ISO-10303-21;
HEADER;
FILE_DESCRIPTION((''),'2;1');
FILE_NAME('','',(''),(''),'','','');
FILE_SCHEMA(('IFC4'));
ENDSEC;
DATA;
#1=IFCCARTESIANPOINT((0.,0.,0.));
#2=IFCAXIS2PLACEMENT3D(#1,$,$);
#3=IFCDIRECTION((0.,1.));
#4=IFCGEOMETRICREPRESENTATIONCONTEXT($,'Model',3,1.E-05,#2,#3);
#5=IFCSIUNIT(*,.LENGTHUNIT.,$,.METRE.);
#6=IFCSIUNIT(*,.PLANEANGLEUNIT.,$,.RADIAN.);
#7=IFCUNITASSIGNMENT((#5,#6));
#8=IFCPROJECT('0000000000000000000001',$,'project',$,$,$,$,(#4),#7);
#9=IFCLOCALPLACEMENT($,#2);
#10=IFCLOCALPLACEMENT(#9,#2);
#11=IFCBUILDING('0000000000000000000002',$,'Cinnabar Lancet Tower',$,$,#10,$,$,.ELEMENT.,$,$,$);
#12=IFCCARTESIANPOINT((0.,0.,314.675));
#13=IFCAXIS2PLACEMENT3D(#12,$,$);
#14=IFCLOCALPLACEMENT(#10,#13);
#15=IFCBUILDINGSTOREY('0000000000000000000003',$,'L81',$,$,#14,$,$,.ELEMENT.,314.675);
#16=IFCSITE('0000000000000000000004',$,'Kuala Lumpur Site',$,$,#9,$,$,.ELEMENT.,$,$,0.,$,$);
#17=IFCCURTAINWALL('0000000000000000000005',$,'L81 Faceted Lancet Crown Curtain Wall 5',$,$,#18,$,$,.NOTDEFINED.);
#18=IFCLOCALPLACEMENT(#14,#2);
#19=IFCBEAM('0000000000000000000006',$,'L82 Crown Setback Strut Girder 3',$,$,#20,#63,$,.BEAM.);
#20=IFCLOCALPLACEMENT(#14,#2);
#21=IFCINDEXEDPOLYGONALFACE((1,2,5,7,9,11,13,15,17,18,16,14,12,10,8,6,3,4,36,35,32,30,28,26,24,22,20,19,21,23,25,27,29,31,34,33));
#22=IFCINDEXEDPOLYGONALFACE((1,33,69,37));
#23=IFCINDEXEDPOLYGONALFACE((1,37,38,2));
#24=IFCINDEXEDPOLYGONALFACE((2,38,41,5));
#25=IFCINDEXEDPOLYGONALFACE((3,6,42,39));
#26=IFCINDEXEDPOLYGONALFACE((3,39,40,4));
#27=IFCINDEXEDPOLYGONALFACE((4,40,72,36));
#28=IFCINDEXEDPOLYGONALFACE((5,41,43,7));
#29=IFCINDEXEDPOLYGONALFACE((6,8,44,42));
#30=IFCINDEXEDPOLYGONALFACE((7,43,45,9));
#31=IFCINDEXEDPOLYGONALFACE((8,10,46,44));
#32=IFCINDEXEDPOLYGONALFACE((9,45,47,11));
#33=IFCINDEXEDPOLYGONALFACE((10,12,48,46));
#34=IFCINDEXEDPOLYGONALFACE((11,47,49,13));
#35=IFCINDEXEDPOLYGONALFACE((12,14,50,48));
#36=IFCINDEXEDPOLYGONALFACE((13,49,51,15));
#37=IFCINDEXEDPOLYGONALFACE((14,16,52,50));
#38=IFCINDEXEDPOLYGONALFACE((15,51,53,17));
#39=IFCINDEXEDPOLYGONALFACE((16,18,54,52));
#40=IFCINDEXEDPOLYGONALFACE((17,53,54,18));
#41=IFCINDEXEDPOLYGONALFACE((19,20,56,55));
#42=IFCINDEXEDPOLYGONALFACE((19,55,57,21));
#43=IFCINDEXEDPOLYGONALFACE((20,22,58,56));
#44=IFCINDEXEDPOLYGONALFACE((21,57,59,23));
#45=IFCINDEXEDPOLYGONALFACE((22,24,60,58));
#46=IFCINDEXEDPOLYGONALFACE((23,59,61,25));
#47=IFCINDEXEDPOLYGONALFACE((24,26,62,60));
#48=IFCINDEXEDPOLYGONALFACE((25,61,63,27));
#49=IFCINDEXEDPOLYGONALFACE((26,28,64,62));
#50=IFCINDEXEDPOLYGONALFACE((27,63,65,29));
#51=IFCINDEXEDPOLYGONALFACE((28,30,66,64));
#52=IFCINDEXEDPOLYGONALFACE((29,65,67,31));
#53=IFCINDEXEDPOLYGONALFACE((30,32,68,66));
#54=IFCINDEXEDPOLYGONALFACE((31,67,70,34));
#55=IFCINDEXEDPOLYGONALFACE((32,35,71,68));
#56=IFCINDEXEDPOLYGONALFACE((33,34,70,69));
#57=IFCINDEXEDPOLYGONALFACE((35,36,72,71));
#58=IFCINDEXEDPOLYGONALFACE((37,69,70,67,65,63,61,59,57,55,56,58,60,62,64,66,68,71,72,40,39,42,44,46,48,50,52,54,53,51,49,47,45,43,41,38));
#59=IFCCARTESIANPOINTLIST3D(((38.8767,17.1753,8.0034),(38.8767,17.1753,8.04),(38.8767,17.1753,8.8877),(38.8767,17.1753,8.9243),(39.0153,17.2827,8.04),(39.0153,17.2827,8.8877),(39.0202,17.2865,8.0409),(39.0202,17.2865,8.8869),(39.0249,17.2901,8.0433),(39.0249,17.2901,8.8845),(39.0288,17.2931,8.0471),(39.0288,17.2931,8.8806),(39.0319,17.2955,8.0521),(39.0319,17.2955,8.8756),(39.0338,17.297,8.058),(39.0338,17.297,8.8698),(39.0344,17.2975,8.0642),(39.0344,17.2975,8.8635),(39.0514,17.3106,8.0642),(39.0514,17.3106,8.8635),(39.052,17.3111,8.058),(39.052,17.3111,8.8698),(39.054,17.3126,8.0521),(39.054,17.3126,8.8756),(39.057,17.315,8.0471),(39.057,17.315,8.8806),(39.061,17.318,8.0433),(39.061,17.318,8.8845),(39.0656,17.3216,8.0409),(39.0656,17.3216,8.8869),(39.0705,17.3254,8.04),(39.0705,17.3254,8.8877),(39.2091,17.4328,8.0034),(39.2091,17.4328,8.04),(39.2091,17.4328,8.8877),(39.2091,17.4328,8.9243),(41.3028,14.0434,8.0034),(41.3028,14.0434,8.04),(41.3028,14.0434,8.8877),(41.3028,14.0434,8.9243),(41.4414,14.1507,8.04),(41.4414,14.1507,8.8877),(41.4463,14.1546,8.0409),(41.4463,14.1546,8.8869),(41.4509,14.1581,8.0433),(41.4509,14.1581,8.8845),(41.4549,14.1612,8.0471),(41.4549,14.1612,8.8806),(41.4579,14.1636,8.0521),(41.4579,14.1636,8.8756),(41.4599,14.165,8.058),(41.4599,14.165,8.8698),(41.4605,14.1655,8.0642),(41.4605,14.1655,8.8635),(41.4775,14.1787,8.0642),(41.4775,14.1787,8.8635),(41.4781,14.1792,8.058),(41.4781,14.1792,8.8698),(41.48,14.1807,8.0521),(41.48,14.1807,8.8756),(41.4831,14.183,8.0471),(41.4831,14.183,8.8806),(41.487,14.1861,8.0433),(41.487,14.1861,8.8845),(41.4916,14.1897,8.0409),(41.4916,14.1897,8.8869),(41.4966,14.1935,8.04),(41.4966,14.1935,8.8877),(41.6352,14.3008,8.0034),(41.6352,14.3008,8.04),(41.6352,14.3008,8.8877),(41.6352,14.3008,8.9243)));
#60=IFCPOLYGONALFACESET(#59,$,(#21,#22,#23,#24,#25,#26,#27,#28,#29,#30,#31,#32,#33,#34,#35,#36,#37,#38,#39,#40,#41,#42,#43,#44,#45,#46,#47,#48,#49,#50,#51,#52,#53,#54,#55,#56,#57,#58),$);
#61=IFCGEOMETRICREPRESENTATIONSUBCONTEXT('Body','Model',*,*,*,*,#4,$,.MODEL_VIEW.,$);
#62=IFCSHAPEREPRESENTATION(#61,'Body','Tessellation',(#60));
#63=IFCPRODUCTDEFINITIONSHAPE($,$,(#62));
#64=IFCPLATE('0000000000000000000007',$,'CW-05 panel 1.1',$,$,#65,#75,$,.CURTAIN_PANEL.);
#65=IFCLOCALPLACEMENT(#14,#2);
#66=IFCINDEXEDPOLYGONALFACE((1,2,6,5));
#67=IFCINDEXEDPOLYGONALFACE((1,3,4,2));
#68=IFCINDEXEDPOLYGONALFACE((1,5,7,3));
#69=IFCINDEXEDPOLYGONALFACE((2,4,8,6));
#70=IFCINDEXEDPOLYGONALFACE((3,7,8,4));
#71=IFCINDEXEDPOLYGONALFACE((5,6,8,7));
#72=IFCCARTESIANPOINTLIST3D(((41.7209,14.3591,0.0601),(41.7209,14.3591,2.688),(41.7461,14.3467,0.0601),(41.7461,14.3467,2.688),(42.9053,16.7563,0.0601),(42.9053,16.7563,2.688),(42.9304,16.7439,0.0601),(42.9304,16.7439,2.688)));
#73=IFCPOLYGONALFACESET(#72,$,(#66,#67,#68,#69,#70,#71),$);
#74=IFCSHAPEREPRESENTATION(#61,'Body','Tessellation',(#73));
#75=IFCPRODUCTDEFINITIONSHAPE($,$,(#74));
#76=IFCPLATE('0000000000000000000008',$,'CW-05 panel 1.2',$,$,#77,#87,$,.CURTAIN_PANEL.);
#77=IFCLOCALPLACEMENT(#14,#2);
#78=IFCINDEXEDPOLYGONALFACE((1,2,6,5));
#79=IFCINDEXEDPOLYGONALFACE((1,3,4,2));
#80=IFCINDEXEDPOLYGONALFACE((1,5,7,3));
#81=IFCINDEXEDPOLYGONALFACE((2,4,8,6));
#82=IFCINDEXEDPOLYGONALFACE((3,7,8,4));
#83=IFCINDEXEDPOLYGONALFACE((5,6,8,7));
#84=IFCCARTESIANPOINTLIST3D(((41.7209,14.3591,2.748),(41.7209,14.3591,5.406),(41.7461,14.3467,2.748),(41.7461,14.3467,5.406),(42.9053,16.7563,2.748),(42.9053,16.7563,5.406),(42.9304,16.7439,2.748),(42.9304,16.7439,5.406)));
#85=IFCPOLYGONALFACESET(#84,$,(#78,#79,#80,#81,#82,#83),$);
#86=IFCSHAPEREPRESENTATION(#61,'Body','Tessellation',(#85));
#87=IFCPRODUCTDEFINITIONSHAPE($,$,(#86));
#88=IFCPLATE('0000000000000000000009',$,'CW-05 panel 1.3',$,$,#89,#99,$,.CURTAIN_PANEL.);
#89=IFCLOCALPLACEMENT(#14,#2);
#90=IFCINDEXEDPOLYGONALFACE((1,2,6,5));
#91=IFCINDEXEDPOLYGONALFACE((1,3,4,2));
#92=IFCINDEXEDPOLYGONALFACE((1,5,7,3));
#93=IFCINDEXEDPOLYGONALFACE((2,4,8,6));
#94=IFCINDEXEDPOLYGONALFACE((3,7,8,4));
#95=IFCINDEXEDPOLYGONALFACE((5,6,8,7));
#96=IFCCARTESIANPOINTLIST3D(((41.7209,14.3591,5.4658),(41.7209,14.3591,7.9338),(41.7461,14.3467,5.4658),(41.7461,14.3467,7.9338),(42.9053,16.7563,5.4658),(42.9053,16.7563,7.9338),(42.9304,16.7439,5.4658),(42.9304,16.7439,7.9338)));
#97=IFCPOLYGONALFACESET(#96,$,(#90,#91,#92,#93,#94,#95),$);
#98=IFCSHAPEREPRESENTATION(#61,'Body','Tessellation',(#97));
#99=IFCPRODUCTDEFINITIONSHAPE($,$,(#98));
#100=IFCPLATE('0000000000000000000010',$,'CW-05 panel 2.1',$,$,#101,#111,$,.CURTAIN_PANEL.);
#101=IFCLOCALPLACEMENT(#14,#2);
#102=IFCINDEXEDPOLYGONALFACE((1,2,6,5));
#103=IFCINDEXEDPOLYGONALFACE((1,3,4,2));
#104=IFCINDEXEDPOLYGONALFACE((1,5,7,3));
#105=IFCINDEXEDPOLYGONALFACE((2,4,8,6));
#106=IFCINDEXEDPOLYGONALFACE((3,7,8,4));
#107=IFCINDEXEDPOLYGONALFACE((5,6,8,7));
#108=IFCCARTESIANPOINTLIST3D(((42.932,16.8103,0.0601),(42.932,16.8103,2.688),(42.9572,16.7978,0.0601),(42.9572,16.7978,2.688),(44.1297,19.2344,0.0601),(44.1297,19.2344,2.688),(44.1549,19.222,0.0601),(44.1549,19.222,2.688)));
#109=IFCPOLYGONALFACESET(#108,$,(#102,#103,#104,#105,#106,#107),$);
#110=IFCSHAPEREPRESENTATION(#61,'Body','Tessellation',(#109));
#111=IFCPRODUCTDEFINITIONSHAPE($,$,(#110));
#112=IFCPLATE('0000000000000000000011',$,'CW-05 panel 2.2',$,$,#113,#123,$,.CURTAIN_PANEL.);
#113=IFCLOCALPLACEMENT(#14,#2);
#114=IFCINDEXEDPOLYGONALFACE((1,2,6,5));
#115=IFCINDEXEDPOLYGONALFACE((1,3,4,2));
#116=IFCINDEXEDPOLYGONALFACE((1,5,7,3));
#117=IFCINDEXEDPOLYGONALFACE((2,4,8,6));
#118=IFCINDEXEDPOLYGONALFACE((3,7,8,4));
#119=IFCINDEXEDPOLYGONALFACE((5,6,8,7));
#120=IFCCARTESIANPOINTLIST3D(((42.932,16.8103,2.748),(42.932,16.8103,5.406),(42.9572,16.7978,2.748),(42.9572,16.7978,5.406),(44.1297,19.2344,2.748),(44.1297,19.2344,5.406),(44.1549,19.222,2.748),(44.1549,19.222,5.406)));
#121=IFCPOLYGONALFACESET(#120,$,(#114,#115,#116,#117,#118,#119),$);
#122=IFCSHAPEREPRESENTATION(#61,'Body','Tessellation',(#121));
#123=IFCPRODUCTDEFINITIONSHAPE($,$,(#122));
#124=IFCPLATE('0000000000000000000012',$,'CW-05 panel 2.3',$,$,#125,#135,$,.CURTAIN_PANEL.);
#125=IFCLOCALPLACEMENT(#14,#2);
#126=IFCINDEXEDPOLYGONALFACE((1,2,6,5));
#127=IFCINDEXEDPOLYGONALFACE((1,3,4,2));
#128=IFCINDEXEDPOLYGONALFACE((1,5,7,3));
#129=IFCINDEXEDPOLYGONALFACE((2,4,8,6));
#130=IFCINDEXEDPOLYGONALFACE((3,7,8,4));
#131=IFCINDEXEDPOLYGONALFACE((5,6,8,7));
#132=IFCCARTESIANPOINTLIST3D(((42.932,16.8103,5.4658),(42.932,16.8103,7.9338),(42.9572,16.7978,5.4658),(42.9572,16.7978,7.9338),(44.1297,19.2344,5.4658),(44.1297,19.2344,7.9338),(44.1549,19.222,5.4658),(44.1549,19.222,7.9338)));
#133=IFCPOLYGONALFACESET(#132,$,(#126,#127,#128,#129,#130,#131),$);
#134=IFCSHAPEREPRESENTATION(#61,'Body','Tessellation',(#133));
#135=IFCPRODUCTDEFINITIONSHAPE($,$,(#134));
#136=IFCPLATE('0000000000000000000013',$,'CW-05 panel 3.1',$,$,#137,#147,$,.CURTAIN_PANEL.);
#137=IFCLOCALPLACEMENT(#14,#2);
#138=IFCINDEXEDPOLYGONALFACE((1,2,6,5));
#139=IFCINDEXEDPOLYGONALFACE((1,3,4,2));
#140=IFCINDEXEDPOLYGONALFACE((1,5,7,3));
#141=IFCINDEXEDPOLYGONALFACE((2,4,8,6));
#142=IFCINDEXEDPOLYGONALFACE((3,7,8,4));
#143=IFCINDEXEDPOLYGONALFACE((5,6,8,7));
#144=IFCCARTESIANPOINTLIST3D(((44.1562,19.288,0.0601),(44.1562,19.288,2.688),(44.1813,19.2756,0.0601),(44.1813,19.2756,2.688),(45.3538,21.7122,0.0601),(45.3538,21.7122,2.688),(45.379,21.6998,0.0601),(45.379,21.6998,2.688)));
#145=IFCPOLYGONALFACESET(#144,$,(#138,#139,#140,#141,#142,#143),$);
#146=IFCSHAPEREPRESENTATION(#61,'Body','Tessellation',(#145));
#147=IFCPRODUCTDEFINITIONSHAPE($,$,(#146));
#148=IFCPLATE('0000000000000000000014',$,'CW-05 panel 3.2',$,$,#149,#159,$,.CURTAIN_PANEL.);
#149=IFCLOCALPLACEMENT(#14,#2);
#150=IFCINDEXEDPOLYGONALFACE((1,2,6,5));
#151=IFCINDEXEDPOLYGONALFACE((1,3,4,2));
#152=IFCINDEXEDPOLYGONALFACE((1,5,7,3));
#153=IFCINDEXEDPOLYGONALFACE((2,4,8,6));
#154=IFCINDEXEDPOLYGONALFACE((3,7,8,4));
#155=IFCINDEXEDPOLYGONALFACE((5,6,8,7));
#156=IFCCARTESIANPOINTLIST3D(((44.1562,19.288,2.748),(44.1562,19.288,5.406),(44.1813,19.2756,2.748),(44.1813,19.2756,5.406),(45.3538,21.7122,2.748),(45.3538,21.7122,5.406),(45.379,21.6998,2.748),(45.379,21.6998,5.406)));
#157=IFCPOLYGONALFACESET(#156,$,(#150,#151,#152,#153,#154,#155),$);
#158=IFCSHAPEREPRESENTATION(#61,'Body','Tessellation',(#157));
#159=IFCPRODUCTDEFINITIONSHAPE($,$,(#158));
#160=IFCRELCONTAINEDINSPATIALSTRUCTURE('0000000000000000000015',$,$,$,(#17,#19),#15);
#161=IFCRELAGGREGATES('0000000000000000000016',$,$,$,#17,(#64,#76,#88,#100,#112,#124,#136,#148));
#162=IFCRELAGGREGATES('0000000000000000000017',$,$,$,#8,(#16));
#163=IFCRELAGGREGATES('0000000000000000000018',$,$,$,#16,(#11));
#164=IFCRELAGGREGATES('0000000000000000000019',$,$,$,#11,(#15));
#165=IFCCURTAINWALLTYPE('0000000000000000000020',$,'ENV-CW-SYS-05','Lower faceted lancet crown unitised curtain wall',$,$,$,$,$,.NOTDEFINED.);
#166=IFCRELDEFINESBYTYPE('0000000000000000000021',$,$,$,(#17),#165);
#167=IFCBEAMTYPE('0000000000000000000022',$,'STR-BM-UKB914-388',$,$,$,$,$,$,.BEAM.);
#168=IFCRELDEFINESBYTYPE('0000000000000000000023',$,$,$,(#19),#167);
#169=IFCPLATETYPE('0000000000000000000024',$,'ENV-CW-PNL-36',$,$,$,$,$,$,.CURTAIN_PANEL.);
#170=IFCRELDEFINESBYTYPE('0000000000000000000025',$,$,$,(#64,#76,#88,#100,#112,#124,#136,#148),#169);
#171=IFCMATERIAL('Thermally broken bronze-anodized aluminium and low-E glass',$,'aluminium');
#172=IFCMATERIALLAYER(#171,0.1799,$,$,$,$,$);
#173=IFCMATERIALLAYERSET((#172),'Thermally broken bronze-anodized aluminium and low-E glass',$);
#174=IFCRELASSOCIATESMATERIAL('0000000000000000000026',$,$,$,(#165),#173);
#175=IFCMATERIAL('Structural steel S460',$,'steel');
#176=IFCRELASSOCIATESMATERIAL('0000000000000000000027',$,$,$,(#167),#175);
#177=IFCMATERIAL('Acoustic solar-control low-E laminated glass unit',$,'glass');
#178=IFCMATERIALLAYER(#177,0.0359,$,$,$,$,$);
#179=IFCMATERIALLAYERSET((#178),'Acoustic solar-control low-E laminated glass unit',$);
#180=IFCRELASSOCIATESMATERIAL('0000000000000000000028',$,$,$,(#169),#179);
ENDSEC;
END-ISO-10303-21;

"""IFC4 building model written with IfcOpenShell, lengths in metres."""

from ifc_helpers import new_model, si_unit, direction, frame, origin, origin_2d, place, context, subcontext, project, spatial, rectangle, i_section, extrude, material, layer, layer_set, material_profile, profile_set, type_object, element, aggregate, save


model = new_model("IFC4")

# Units and contexts
model_context = context("Model", 3, precision=1e-05, world=origin(), true_north=direction((0.0, 1.0)))
body_context = subcontext(model_context, "Body", "Model", "MODEL_VIEW")
ifc_project = project(units=[si_unit("LENGTHUNIT", "METRE"), si_unit("PLANEANGLEUNIT", "RADIAN")], contexts=[model_context])

# Site, building, storey
site_placement = place(None, origin())
site = spatial("IfcSite", under=ifc_project, at=site_placement, Name="Kuala Lumpur Site", CompositionType="ELEMENT", RefElevation=0.0)
building_placement = place(site_placement, origin())
building = spatial("IfcBuilding", under=site, at=building_placement, Name="Cinnabar Lancet Tower", CompositionType="ELEMENT")
storey_placement = place(building_placement, frame((0.0, 0.0, 314.675)))
storey = spatial("IfcBuildingStorey", under=building, at=storey_placement, Name="L81", CompositionType="ELEMENT", Elevation=314.675)

# Shared definitions
ifc_material_1 = material(Name="Thermally broken bronze-anodized aluminium and low-E glass", Category="aluminium")
ifc_layer_1 = layer(ifc_material_1, 0.1799)
ifc_layer_set_1 = layer_set([ifc_layer_1], Name="Thermally broken bronze-anodized aluminium and low-E glass")
curtain_wall_type = type_object("IfcCurtainWallType", Name="ENV-CW-SYS-05", Description="Lower faceted lancet crown unitised curtain wall", PredefinedType="NOTDEFINED", material=ifc_layer_set_1)

# Curtain wall
curtain_wall_1_placement = place(storey_placement, origin())
curtain_wall_1 = element("IfcCurtainWall", 1, at=curtain_wall_1_placement, inside=storey, type_object=curtain_wall_type, Name="L81 Faceted Lancet Crown Curtain Wall 5", PredefinedType="NOTDEFINED")

# Beam
ifc_material_2 = material(Name="Structural steel S460", Category="steel")
ifc_material_profile_1 = material_profile(ifc_material_2, i_section(OverallWidth=0.4204, OverallDepth=0.9209, WebThickness=0.0215, FlangeThickness=0.0366, FilletRadius=0.0242, at=origin_2d()), Name="UKB 914x419x388")
ifc_profile_set_1 = profile_set([ifc_material_profile_1], Name="Structural steel S460")
beam_type = type_object("IfcBeamType", Name="STR-BM-UKB914-388", PredefinedType="BEAM", material=ifc_profile_set_1)
beam_1_placement = place(storey_placement, frame((41.469, 14.1721, 8.4639), z_axis=(-0.612391, 0.790555, 0.0), x_axis=(-0.790555, -0.612391, 0.0)))
element("IfcBeam", 2, at=beam_1_placement, inside=storey, type_object=beam_type, Name="L82 Crown Setback Strut Girder 3", PredefinedType="BEAM", context=body_context, shape_type="SweptSolid", body=[
    extrude(i_section(OverallWidth=0.4204, OverallDepth=0.9209, WebThickness=0.0215, FlangeThickness=0.0366, FilletRadius=0.0242, at=origin_2d()), origin(), (0.0, 0.0, 1.0), 3.9617),
])

# Plates
ifc_material_3 = material(Name="Acoustic solar-control low-E laminated glass unit", Category="glass")
ifc_layer_2 = layer(ifc_material_3, 0.0359)
ifc_layer_set_2 = layer_set([ifc_layer_2], Name="Acoustic solar-control low-E laminated glass unit")
plate_type = type_object("IfcPlateType", Name="ENV-CW-PNL-36", PredefinedType="CURTAIN_PANEL", material=ifc_layer_set_2)
plate_1_placement = place(storey_placement, frame((42.3257, 15.5515, 0.0601), z_axis=(0.0, 0.0, 1.0), x_axis=(0.442939, 0.896552, 0.0)))
plate_1 = element("IfcPlate", 3, at=plate_1_placement, type_object=plate_type, Name="CW-05 panel 1.1", PredefinedType="CURTAIN_PANEL", context=body_context, shape_type="SweptSolid", body=[
    extrude(rectangle(XDim=2.6738, YDim=0.0281, at=origin_2d()), origin(), (0.0, 0.0, 1.0), 2.6279),
])
plate_2_placement = place(storey_placement, frame((42.3257, 15.5515, 2.748), z_axis=(0.0, 0.0, 1.0), x_axis=(0.442939, 0.896552, 0.0)))
plate_2 = element("IfcPlate", 4, at=plate_2_placement, type_object=plate_type, Name="CW-05 panel 1.2", PredefinedType="CURTAIN_PANEL", context=body_context, shape_type="SweptSolid", body=[
    extrude(rectangle(XDim=2.6738, YDim=0.0281, at=origin_2d()), origin(), (0.0, 0.0, 1.0), 2.658),
])
plate_3_placement = place(storey_placement, frame((42.3257, 15.5515, 5.4658), z_axis=(0.0, 0.0, 1.0), x_axis=(0.442939, 0.896552, 0.0)))
plate_3 = element("IfcPlate", 5, at=plate_3_placement, type_object=plate_type, Name="CW-05 panel 1.3", PredefinedType="CURTAIN_PANEL", context=body_context, shape_type="SweptSolid", body=[
    extrude(rectangle(XDim=2.6738, YDim=0.0281, at=origin_2d()), origin(), (0.0, 0.0, 1.0), 2.468),
])
plate_4_placement = place(storey_placement, frame((43.5435, 18.0161, 0.0601), z_axis=(0.0, 0.0, 1.0), x_axis=(0.442939, 0.896552, 0.0)))
plate_4 = element("IfcPlate", 6, at=plate_4_placement, type_object=plate_type, Name="CW-05 panel 2.1", PredefinedType="CURTAIN_PANEL", context=body_context, shape_type="SweptSolid", body=[
    extrude(rectangle(XDim=2.7039, YDim=0.0281, at=origin_2d()), origin(), (0.0, 0.0, 1.0), 2.6279),
])
plate_5_placement = place(storey_placement, frame((43.5435, 18.0161, 2.748), z_axis=(0.0, 0.0, 1.0), x_axis=(0.442939, 0.896552, 0.0)))
plate_5 = element("IfcPlate", 7, at=plate_5_placement, type_object=plate_type, Name="CW-05 panel 2.2", PredefinedType="CURTAIN_PANEL", context=body_context, shape_type="SweptSolid", body=[
    extrude(rectangle(XDim=2.7039, YDim=0.0281, at=origin_2d()), origin(), (0.0, 0.0, 1.0), 2.658),
])
plate_6_placement = place(storey_placement, frame((43.5435, 18.0161, 5.4658), z_axis=(0.0, 0.0, 1.0), x_axis=(0.442939, 0.896552, 0.0)))
plate_6 = element("IfcPlate", 8, at=plate_6_placement, type_object=plate_type, Name="CW-05 panel 2.3", PredefinedType="CURTAIN_PANEL", context=body_context, shape_type="SweptSolid", body=[
    extrude(rectangle(XDim=2.7039, YDim=0.0281, at=origin_2d()), origin(), (0.0, 0.0, 1.0), 2.468),
])
plate_7_placement = place(storey_placement, frame((44.7676, 20.4939, 0.0601), z_axis=(0.0, 0.0, 1.0), x_axis=(0.442939, 0.896552, 0.0)))
plate_7 = element("IfcPlate", 9, at=plate_7_placement, type_object=plate_type, Name="CW-05 panel 3.1", PredefinedType="CURTAIN_PANEL", context=body_context, shape_type="SweptSolid", body=[
    extrude(rectangle(XDim=2.7039, YDim=0.0281, at=origin_2d()), origin(), (0.0, 0.0, 1.0), 2.6279),
])
plate_8_placement = place(storey_placement, frame((44.7676, 20.4939, 2.748), z_axis=(0.0, 0.0, 1.0), x_axis=(0.442939, 0.896552, 0.0)))
plate_8 = element("IfcPlate", 10, at=plate_8_placement, type_object=plate_type, Name="CW-05 panel 3.2", PredefinedType="CURTAIN_PANEL", context=body_context, shape_type="SweptSolid", body=[
    extrude(rectangle(XDim=2.7039, YDim=0.0281, at=origin_2d()), origin(), (0.0, 0.0, 1.0), 2.658),
])
aggregate(curtain_wall_1, [plate_1, plate_2, plate_3, plate_4, plate_5, plate_6, plate_7, plate_8])

save(model, "model.ifc")
